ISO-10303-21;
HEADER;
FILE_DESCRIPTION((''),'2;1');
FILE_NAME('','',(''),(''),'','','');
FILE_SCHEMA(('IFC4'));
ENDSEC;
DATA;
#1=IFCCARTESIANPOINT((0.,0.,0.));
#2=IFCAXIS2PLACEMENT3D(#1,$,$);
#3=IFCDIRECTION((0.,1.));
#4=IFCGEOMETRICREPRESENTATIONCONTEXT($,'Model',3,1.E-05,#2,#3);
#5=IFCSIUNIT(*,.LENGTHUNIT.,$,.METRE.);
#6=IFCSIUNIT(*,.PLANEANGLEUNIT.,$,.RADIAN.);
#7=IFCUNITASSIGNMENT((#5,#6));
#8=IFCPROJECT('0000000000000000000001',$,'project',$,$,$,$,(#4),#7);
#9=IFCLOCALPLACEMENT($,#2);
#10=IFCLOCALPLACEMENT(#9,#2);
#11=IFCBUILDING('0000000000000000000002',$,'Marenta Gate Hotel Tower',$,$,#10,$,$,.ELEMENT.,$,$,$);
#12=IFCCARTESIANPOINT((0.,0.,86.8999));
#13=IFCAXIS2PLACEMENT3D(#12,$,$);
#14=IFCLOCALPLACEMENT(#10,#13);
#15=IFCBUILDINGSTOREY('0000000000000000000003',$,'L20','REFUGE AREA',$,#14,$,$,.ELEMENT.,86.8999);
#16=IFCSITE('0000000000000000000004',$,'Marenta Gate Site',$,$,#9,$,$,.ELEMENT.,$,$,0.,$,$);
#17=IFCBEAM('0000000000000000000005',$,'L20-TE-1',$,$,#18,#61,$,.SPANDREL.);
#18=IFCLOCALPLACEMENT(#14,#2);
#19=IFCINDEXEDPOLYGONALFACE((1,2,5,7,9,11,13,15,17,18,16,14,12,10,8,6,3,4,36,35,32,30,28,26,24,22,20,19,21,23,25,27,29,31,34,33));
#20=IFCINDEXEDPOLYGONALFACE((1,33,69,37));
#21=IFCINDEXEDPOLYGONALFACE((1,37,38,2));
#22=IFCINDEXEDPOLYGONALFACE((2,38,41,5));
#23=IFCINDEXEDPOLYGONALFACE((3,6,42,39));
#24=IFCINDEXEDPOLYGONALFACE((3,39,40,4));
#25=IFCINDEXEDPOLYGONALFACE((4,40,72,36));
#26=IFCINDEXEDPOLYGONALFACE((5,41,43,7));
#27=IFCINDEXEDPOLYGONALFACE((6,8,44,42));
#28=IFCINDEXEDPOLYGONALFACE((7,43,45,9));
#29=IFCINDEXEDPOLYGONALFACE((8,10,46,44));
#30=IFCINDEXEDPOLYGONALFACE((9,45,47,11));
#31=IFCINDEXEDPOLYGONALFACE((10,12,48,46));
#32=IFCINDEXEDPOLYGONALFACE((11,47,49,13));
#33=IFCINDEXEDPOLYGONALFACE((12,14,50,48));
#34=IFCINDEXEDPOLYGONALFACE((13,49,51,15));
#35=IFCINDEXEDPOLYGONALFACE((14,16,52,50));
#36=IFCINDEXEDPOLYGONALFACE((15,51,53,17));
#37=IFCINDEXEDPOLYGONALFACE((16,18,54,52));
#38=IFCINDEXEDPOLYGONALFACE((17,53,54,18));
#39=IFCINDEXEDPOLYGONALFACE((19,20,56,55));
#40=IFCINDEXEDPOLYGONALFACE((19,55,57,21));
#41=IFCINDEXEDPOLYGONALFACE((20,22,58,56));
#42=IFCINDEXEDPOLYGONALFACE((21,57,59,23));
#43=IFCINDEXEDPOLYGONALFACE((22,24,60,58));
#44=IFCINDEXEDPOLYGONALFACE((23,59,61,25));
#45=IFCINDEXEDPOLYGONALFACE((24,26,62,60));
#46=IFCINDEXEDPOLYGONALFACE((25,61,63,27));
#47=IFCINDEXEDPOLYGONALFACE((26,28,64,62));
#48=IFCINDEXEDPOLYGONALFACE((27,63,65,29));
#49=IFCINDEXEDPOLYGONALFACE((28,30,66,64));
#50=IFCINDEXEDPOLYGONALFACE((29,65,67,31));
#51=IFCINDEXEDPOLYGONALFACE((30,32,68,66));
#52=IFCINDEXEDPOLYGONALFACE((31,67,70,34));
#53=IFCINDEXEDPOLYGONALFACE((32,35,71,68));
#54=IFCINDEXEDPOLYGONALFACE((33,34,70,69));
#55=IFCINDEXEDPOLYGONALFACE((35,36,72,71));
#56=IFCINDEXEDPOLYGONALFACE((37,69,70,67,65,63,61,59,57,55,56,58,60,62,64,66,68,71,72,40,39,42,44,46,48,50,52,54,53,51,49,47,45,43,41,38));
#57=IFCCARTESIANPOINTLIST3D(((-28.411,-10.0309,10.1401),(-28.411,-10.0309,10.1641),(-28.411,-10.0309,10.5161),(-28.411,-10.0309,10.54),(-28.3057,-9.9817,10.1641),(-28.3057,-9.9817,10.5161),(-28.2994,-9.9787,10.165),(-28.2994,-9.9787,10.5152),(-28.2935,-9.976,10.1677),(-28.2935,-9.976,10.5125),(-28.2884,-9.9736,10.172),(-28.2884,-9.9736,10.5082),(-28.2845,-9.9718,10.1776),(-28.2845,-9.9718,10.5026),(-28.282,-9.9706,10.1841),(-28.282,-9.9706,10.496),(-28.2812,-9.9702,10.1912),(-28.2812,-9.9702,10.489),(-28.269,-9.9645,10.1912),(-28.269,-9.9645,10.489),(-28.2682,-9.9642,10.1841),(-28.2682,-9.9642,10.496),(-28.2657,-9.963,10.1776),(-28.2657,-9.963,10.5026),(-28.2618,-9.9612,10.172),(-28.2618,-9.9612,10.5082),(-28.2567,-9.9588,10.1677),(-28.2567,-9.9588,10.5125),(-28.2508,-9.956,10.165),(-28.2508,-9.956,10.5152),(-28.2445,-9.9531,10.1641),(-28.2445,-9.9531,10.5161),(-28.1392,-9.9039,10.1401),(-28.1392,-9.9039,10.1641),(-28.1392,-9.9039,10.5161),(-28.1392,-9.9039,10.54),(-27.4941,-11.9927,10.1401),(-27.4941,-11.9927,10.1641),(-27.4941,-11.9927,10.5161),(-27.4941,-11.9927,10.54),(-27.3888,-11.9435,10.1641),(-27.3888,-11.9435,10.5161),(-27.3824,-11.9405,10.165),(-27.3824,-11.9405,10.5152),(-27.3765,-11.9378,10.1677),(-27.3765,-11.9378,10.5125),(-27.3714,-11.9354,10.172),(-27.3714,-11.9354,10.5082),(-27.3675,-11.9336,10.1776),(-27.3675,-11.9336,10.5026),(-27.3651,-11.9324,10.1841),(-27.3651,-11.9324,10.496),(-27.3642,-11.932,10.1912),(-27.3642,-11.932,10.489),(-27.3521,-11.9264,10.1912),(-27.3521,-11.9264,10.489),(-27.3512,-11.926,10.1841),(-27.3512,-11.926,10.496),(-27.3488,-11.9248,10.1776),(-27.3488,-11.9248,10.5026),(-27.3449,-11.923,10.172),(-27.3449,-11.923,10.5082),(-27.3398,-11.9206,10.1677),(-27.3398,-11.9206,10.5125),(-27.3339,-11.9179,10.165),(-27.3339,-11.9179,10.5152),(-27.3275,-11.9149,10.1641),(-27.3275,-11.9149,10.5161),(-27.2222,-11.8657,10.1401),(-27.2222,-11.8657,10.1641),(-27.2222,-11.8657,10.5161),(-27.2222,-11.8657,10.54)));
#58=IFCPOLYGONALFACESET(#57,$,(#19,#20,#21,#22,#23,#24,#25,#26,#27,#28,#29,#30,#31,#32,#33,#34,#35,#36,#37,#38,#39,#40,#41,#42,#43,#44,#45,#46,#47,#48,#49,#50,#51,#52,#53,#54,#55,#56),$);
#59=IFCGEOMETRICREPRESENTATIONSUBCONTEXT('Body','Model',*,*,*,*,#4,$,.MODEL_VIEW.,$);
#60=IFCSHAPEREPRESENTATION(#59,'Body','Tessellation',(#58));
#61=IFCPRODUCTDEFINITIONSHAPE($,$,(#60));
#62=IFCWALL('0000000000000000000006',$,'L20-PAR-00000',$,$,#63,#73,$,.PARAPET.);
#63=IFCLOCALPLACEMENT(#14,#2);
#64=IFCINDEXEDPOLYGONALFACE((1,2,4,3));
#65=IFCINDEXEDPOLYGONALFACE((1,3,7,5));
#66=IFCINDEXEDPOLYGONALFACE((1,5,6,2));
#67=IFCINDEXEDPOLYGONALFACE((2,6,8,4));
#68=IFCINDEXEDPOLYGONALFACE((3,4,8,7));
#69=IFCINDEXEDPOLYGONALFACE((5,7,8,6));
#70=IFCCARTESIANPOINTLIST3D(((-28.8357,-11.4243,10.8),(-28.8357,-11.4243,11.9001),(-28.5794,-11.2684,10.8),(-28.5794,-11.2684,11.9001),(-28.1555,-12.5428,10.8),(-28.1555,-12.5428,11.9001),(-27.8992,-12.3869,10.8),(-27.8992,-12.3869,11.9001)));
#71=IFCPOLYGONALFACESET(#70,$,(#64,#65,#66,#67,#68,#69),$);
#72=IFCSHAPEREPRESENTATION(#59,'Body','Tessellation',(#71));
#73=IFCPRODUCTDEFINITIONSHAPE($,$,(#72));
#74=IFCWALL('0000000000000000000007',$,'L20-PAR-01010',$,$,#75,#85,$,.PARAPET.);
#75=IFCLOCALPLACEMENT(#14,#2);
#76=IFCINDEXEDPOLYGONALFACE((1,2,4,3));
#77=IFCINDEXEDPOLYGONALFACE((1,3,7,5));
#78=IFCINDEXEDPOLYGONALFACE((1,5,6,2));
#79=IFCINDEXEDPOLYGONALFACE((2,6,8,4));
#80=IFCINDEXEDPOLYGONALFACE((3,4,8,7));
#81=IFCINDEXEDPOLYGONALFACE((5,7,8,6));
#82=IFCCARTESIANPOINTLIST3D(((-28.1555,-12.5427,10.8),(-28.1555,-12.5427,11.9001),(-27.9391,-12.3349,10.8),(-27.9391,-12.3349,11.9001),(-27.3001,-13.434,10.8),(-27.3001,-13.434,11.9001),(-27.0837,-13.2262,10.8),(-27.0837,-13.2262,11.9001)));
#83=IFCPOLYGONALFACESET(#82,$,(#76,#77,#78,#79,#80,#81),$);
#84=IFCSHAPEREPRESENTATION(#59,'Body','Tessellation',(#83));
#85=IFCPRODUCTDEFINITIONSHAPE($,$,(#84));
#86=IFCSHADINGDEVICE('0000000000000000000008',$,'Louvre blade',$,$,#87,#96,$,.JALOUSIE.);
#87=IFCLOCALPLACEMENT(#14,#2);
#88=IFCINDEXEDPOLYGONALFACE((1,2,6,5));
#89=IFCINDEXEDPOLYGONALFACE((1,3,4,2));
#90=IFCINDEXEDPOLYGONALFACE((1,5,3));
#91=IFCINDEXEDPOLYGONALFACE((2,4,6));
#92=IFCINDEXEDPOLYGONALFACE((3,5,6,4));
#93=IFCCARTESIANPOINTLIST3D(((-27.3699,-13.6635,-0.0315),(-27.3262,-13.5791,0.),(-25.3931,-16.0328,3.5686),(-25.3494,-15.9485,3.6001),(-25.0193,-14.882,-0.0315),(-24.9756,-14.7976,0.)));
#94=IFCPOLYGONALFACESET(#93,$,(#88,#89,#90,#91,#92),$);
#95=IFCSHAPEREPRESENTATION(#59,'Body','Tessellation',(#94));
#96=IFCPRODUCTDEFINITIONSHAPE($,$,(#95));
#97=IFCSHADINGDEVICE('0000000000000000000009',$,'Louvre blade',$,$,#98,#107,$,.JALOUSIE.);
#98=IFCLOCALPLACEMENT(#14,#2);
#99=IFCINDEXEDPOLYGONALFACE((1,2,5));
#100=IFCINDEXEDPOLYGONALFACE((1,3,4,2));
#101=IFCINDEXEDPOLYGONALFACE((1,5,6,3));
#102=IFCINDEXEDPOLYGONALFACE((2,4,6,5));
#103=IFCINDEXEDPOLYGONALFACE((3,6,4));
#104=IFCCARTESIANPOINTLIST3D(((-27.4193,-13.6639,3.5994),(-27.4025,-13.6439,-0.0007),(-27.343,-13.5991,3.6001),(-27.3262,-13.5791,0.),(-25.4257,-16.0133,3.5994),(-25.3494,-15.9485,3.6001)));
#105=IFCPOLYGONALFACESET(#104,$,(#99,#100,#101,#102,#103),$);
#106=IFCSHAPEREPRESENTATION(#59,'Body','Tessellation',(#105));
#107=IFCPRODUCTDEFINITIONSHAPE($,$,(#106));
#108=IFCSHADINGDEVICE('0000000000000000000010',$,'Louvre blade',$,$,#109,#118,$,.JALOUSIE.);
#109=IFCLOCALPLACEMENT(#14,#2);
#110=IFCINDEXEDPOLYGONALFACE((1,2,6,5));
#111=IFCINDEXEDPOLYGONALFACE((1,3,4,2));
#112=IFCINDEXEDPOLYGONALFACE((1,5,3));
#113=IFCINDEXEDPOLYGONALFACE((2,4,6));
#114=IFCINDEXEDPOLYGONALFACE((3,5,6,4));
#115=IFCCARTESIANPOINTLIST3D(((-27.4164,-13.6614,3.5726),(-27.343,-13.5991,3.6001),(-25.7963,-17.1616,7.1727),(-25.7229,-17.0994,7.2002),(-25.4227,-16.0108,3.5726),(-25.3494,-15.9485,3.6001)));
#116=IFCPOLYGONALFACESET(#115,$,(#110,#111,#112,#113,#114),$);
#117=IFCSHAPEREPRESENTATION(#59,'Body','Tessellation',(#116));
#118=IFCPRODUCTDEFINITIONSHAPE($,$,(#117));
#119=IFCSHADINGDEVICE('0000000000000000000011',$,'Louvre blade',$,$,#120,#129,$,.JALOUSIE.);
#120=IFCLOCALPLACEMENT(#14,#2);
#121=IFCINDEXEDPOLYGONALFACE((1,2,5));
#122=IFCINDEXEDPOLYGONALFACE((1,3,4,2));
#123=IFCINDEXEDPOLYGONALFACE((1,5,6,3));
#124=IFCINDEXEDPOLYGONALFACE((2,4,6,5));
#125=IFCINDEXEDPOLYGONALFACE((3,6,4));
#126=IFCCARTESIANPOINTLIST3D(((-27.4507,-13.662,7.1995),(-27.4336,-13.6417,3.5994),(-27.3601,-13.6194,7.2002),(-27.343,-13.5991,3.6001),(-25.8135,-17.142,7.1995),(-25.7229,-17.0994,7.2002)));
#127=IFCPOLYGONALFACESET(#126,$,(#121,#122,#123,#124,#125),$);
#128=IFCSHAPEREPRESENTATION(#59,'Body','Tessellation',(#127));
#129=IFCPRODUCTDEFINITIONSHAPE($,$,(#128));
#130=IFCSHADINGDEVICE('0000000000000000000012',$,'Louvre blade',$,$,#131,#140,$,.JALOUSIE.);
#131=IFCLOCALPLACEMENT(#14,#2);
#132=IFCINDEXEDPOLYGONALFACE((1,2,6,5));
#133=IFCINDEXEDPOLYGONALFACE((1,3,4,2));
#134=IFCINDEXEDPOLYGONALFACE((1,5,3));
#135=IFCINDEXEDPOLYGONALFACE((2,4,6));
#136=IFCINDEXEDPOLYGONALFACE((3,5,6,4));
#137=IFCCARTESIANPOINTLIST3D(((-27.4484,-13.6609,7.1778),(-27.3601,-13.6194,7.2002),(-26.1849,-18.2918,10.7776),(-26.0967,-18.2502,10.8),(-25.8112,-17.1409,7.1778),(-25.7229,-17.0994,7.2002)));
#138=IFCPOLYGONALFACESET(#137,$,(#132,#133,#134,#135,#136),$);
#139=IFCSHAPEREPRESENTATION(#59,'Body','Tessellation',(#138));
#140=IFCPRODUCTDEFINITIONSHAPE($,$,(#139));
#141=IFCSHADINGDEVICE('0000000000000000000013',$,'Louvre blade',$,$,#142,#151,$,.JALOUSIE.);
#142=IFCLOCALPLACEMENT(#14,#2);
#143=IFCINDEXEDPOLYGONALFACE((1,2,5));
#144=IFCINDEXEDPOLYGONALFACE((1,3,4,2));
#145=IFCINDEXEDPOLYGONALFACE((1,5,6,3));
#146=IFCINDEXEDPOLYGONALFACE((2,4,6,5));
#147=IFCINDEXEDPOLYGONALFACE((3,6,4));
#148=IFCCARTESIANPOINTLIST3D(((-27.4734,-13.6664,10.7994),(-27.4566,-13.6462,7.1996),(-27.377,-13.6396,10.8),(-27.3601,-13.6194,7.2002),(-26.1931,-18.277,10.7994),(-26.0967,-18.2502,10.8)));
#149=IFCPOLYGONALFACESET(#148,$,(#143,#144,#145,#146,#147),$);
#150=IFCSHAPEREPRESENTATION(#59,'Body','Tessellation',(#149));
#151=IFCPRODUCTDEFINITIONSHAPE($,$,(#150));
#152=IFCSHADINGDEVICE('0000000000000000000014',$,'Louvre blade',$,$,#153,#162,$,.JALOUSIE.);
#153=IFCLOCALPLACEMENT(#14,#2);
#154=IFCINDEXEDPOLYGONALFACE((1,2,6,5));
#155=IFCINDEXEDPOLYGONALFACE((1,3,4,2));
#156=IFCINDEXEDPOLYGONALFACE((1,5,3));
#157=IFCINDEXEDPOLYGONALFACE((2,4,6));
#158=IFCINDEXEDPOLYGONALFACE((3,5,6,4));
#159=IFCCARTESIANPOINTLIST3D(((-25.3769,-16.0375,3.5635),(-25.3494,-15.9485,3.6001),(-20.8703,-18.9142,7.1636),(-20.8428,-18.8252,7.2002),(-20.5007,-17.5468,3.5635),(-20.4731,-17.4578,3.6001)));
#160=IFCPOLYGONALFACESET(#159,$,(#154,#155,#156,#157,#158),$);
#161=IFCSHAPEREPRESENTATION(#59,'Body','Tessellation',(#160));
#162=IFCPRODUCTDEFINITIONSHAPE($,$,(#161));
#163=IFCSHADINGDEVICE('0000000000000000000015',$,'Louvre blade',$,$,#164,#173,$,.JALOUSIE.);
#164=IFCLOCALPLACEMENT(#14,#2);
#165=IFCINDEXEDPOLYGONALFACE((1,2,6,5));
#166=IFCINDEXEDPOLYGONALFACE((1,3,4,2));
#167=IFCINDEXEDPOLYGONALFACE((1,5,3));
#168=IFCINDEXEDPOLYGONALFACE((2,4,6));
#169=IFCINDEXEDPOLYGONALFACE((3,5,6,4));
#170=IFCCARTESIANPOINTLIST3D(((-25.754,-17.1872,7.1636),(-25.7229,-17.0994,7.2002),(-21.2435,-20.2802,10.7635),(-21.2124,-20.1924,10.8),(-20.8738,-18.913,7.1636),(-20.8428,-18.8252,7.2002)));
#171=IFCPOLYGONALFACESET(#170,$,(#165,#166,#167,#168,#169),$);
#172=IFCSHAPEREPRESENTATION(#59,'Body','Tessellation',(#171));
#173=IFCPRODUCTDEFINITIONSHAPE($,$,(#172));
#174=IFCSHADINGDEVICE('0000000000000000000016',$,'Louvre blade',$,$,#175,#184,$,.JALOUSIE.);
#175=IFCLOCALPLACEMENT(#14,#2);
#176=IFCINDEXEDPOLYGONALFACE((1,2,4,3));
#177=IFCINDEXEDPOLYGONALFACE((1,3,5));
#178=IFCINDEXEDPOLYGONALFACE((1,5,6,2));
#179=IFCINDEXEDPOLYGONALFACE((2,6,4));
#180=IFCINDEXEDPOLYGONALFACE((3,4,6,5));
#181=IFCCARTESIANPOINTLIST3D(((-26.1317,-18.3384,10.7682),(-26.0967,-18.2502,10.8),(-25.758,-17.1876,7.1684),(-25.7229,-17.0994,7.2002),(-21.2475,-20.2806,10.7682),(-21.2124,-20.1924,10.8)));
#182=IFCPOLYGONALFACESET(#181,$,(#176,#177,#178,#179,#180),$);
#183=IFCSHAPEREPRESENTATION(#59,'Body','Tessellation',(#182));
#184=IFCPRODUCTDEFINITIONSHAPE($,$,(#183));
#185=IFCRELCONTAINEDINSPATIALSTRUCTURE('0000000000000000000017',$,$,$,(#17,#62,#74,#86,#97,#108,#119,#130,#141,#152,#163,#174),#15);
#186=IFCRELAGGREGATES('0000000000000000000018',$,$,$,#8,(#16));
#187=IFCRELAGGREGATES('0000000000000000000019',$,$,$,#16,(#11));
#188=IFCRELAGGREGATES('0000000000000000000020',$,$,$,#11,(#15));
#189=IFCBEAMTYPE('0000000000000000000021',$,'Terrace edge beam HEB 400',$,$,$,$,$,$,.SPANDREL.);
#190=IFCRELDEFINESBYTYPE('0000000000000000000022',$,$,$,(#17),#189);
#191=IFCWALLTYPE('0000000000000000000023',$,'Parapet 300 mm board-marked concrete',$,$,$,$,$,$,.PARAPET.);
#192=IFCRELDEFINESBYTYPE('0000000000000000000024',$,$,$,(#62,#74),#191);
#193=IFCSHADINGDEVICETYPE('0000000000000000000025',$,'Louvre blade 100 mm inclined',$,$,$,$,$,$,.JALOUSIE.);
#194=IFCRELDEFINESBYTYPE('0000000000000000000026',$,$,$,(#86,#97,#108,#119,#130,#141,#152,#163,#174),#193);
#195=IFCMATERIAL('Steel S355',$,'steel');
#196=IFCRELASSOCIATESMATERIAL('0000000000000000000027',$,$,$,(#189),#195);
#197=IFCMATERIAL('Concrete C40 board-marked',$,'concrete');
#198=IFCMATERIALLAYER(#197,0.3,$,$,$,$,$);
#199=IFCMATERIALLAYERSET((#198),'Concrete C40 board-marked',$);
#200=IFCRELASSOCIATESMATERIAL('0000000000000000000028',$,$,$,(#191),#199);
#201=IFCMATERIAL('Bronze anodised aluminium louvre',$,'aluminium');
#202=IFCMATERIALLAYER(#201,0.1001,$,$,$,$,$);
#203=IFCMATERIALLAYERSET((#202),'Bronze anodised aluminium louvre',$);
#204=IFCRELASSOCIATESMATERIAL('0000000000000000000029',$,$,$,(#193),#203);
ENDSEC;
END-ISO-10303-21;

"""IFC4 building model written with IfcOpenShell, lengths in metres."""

from ifc_helpers import new_model, si_unit, direction, frame, frame_2d, origin, origin_2d, place, context, subcontext, project, spatial, polyline, rectangle, i_section, outline, extrude, material, layer, layer_set, material_profile, profile_set, type_object, element, save


model = new_model("IFC4")

# Units and contexts
model_context = context("Model", 3, precision=1e-05, world=origin(), true_north=direction((0.0, 1.0)))
body_context = subcontext(model_context, "Body", "Model", "MODEL_VIEW")
ifc_project = project(units=[si_unit("LENGTHUNIT", "METRE"), si_unit("PLANEANGLEUNIT", "RADIAN")], contexts=[model_context])

# Site, building, storey
site_placement = place(None, origin())
site = spatial("IfcSite", under=ifc_project, at=site_placement, Name="Marenta Gate Site", CompositionType="ELEMENT", RefElevation=0.0)
building_placement = place(site_placement, origin())
building = spatial("IfcBuilding", under=site, at=building_placement, Name="Marenta Gate Hotel Tower", CompositionType="ELEMENT")
storey_placement = place(building_placement, frame((0.0, 0.0, 86.8999)))
storey = spatial("IfcBuildingStorey", under=building, at=storey_placement, Name="L20", Description="REFUGE AREA", CompositionType="ELEMENT", Elevation=86.8999)

# Beam
ifc_material_1 = material(Name="Steel S355", Category="steel")
ifc_material_profile_1 = material_profile(ifc_material_1, i_section(OverallWidth=0.3, OverallDepth=0.3999, WebThickness=0.0134, FlangeThickness=0.0239, FilletRadius=0.0271, at=origin_2d()), Name="HEB 400")
ifc_profile_set_1 = profile_set([ifc_material_profile_1], Name="Steel S355")
beam_type_1 = type_object("IfcBeamType", Name="Terrace edge beam HEB 400", PredefinedType="SPANDREL", material=ifc_profile_set_1)
beam_1_placement = place(storey_placement, frame((-27.3582, -11.9292, 10.3401), z_axis=(-0.423428, 0.90593, 0.0), x_axis=(-0.90593, -0.423428, 0.0)))
element("IfcBeam", 1, at=beam_1_placement, inside=storey, type_object=beam_type_1, Name="L20-TE-1", PredefinedType="SPANDREL", context=body_context, shape_type="SweptSolid", body=[
    extrude(i_section(OverallWidth=0.3, OverallDepth=0.3999, WebThickness=0.0134, FlangeThickness=0.0239, FilletRadius=0.0271, at=origin_2d()), origin(), (0.0, 0.0, 1.0), 2.1655),
])

# Walls
ifc_material_2 = material(Name="Concrete C40 board-marked", Category="concrete")
ifc_layer_1 = layer(ifc_material_2, 0.3)
ifc_layer_set_1 = layer_set([ifc_layer_1], Name="Concrete C40 board-marked")
wall_type = type_object("IfcWallType", Name="Parapet 300 mm board-marked concrete", PredefinedType="PARAPET", material=ifc_layer_set_1)
wall_1_placement = place(storey_placement, frame((-28.0273, -12.4648, 10.8), z_axis=(0.0, 0.0, 1.0), x_axis=(-0.519616, 0.8544, 0.0)))
element("IfcWall", 2, at=wall_1_placement, inside=storey, type_object=wall_type, Name="L20-PAR-00000", PredefinedType="PARAPET", context=body_context, shape_type="SweptSolid", body=[
    extrude(rectangle(XDim=1.3091, YDim=0.3, at=frame_2d((0.6545, 0.0))), origin(), (0.0, 0.0, 1.0), 1.1001),
])
wall_2_placement = place(storey_placement, frame((-27.1919, -13.3301, 10.8), z_axis=(0.0, 0.0, 1.0), x_axis=(-0.692433, 0.721482, 0.0)))
element("IfcWall", 3, at=wall_2_placement, inside=storey, type_object=wall_type, Name="L20-PAR-01010", PredefinedType="PARAPET", context=body_context, shape_type="SweptSolid", body=[
    extrude(rectangle(XDim=1.2354, YDim=0.3, at=frame_2d((0.6177, 0.0))), origin(), (0.0, 0.0, 1.0), 1.1001),
])

# Shading devices
ifc_material_3 = material(Name="Bronze anodised aluminium louvre", Category="aluminium")
ifc_layer_2 = layer(ifc_material_3, 0.1001)
ifc_layer_set_2 = layer_set([ifc_layer_2], Name="Bronze anodised aluminium louvre")
shading_device_type = type_object("IfcShadingDeviceType", Name="Louvre blade 100 mm inclined", PredefinedType="JALOUSIE", material=ifc_layer_set_2)
shading_device_1_placement = place(storey_placement, frame((-27.3262, -13.5791, 0.0), z_axis=(0.436833, 0.842683, 0.314743), x_axis=(0.887803, -0.460223, 0.0)))
element("IfcShadingDevice", 4, at=shading_device_1_placement, inside=storey, type_object=shading_device_type, Name="Louvre blade", PredefinedType="JALOUSIE", context=body_context, shape_type="SweptSolid", body=[
    extrude(outline(polyline([(0.0, 0.0), (2.6476, 0.0), (2.8455, -3.7929), (0.0, 0.0)])), origin(), (0.0, 0.0, -1.0), 0.1001),
])
shading_device_2_placement = place(storey_placement, frame((-27.3262, -13.5791, 0.0), z_axis=(0.762449, 0.647008, 0.007166), x_axis=(0.41691, -0.499705, 0.759263)))
element("IfcShadingDevice", 5, at=shading_device_2_placement, inside=storey, type_object=shading_device_type, Name="Louvre blade", PredefinedType="JALOUSIE", context=body_context, shape_type="SweptSolid", body=[
    extrude(outline(polyline([(0.0, 0.0), (4.7416, 0.0), (2.7364, -2.3395), (0.0, 0.0)])), origin(), (0.0, 0.0, -1.0), 0.1001),
])
shading_device_3_placement = place(storey_placement, frame((-27.343, -13.5991, 3.6001), z_axis=(0.733086, 0.622091, 0.274933), x_axis=(0.647025, -0.762469, 0.0)))
element("IfcShadingDevice", 6, at=shading_device_3_placement, inside=storey, type_object=shading_device_type, Name="Louvre blade", PredefinedType="JALOUSIE", context=body_context, shape_type="SweptSolid", body=[
    extrude(outline(polyline([(0.0, 0.0), (3.0813, 0.0), (3.7171, -3.7444), (0.0, 0.0)])), origin(), (0.0, 0.0, -1.0), 0.1001),
])
shading_device_4_placement = place(storey_placement, frame((-27.343, -13.5991, 3.6001), z_axis=(0.904842, 0.425696, 0.006691), x_axis=(0.307067, -0.663416, 0.682341)))
element("IfcShadingDevice", 7, at=shading_device_4_placement, inside=storey, type_object=shading_device_type, Name="Louvre blade", PredefinedType="JALOUSIE", context=body_context, shape_type="SweptSolid", body=[
    extrude(outline(polyline([(0.0, 0.0), (5.2761, 0.0), (2.4647, -2.6243), (0.0, 0.0)])), origin(), (0.0, 0.0, -1.0), 0.1001),
])
shading_device_5_placement = place(storey_placement, frame((-27.3601, -13.6194, 7.2002), z_axis=(0.881828, 0.414869, 0.224196), x_axis=(0.425705, -0.904862, 0.0)))
element("IfcShadingDevice", 8, at=shading_device_5_placement, inside=storey, type_object=shading_device_type, Name="Louvre blade", PredefinedType="JALOUSIE", context=body_context, shape_type="SweptSolid", body=[
    extrude(outline(polyline([(0.0, 0.0), (3.8459, 0.0), (4.7281, -3.6939), (0.0, 0.0)])), origin(), (0.0, 0.0, -1.0), 0.1001),
])
shading_device_6_placement = place(storey_placement, frame((-27.3601, -13.6194, 7.2002), z_axis=(0.963525, 0.267552, 0.006015), x_axis=(0.210571, -0.771809, 0.599975)))
element("IfcShadingDevice", 9, at=shading_device_6_placement, inside=storey, type_object=shading_device_type, Name="Louvre blade", PredefinedType="JALOUSIE", context=body_context, shape_type="SweptSolid", body=[
    extrude(outline(polyline([(0.0, 0.0), (6.0, 0.0), (2.1719, -2.871), (0.0, 0.0)])), origin(), (0.0, 0.0, -1.0), 0.1001),
])
shading_device_7_placement = place(storey_placement, frame((-25.3494, -15.9485, 3.6001), z_axis=(0.275171, 0.88903, 0.365934), x_axis=(0.955287, -0.295679, 0.0)))
element("IfcShadingDevice", 10, at=shading_device_7_placement, inside=storey, type_object=shading_device_type, Name="Louvre blade", PredefinedType="JALOUSIE", context=body_context, shape_type="SweptSolid", body=[
    extrude(outline(polyline([(0.0, 0.0), (5.1045, 0.0), (5.1557, -3.8684), (0.0, 0.0)])), origin(), (0.0, 0.0, -1.0), 0.1001),
])
shading_device_8_placement = place(storey_placement, frame((-25.7229, -17.0994, 7.2002), z_axis=(0.310381, 0.877664, 0.365197), x_axis=(0.942782, -0.33341, 0.0)))
element("IfcShadingDevice", 11, at=shading_device_8_placement, inside=storey, type_object=shading_device_type, Name="Louvre blade", PredefinedType="JALOUSIE", context=body_context, shape_type="SweptSolid", body=[
    extrude(outline(polyline([(0.0, 0.0), (5.1763, 0.0), (5.2837, -3.8669), (0.0, 0.0)])), origin(), (0.0, 0.0, -1.0), 0.1001),
])
shading_device_9_placement = place(storey_placement, frame((-25.7229, -17.0994, 7.2002), z_axis=(0.350309, 0.88099, 0.318027), x_axis=(0.688884, -0.472394, 0.549802)))
element("IfcShadingDevice", 12, at=shading_device_9_placement, inside=storey, type_object=shading_device_type, Name="Louvre blade", PredefinedType="JALOUSIE", context=body_context, shape_type="SweptSolid", body=[
    extrude(outline(polyline([(0.0, 0.0), (6.5475, 0.0), (2.2654, -3.0481), (0.0, 0.0)])), origin(), (0.0, 0.0, -1.0), 0.1001),
])

save(model, "model.ifc")
